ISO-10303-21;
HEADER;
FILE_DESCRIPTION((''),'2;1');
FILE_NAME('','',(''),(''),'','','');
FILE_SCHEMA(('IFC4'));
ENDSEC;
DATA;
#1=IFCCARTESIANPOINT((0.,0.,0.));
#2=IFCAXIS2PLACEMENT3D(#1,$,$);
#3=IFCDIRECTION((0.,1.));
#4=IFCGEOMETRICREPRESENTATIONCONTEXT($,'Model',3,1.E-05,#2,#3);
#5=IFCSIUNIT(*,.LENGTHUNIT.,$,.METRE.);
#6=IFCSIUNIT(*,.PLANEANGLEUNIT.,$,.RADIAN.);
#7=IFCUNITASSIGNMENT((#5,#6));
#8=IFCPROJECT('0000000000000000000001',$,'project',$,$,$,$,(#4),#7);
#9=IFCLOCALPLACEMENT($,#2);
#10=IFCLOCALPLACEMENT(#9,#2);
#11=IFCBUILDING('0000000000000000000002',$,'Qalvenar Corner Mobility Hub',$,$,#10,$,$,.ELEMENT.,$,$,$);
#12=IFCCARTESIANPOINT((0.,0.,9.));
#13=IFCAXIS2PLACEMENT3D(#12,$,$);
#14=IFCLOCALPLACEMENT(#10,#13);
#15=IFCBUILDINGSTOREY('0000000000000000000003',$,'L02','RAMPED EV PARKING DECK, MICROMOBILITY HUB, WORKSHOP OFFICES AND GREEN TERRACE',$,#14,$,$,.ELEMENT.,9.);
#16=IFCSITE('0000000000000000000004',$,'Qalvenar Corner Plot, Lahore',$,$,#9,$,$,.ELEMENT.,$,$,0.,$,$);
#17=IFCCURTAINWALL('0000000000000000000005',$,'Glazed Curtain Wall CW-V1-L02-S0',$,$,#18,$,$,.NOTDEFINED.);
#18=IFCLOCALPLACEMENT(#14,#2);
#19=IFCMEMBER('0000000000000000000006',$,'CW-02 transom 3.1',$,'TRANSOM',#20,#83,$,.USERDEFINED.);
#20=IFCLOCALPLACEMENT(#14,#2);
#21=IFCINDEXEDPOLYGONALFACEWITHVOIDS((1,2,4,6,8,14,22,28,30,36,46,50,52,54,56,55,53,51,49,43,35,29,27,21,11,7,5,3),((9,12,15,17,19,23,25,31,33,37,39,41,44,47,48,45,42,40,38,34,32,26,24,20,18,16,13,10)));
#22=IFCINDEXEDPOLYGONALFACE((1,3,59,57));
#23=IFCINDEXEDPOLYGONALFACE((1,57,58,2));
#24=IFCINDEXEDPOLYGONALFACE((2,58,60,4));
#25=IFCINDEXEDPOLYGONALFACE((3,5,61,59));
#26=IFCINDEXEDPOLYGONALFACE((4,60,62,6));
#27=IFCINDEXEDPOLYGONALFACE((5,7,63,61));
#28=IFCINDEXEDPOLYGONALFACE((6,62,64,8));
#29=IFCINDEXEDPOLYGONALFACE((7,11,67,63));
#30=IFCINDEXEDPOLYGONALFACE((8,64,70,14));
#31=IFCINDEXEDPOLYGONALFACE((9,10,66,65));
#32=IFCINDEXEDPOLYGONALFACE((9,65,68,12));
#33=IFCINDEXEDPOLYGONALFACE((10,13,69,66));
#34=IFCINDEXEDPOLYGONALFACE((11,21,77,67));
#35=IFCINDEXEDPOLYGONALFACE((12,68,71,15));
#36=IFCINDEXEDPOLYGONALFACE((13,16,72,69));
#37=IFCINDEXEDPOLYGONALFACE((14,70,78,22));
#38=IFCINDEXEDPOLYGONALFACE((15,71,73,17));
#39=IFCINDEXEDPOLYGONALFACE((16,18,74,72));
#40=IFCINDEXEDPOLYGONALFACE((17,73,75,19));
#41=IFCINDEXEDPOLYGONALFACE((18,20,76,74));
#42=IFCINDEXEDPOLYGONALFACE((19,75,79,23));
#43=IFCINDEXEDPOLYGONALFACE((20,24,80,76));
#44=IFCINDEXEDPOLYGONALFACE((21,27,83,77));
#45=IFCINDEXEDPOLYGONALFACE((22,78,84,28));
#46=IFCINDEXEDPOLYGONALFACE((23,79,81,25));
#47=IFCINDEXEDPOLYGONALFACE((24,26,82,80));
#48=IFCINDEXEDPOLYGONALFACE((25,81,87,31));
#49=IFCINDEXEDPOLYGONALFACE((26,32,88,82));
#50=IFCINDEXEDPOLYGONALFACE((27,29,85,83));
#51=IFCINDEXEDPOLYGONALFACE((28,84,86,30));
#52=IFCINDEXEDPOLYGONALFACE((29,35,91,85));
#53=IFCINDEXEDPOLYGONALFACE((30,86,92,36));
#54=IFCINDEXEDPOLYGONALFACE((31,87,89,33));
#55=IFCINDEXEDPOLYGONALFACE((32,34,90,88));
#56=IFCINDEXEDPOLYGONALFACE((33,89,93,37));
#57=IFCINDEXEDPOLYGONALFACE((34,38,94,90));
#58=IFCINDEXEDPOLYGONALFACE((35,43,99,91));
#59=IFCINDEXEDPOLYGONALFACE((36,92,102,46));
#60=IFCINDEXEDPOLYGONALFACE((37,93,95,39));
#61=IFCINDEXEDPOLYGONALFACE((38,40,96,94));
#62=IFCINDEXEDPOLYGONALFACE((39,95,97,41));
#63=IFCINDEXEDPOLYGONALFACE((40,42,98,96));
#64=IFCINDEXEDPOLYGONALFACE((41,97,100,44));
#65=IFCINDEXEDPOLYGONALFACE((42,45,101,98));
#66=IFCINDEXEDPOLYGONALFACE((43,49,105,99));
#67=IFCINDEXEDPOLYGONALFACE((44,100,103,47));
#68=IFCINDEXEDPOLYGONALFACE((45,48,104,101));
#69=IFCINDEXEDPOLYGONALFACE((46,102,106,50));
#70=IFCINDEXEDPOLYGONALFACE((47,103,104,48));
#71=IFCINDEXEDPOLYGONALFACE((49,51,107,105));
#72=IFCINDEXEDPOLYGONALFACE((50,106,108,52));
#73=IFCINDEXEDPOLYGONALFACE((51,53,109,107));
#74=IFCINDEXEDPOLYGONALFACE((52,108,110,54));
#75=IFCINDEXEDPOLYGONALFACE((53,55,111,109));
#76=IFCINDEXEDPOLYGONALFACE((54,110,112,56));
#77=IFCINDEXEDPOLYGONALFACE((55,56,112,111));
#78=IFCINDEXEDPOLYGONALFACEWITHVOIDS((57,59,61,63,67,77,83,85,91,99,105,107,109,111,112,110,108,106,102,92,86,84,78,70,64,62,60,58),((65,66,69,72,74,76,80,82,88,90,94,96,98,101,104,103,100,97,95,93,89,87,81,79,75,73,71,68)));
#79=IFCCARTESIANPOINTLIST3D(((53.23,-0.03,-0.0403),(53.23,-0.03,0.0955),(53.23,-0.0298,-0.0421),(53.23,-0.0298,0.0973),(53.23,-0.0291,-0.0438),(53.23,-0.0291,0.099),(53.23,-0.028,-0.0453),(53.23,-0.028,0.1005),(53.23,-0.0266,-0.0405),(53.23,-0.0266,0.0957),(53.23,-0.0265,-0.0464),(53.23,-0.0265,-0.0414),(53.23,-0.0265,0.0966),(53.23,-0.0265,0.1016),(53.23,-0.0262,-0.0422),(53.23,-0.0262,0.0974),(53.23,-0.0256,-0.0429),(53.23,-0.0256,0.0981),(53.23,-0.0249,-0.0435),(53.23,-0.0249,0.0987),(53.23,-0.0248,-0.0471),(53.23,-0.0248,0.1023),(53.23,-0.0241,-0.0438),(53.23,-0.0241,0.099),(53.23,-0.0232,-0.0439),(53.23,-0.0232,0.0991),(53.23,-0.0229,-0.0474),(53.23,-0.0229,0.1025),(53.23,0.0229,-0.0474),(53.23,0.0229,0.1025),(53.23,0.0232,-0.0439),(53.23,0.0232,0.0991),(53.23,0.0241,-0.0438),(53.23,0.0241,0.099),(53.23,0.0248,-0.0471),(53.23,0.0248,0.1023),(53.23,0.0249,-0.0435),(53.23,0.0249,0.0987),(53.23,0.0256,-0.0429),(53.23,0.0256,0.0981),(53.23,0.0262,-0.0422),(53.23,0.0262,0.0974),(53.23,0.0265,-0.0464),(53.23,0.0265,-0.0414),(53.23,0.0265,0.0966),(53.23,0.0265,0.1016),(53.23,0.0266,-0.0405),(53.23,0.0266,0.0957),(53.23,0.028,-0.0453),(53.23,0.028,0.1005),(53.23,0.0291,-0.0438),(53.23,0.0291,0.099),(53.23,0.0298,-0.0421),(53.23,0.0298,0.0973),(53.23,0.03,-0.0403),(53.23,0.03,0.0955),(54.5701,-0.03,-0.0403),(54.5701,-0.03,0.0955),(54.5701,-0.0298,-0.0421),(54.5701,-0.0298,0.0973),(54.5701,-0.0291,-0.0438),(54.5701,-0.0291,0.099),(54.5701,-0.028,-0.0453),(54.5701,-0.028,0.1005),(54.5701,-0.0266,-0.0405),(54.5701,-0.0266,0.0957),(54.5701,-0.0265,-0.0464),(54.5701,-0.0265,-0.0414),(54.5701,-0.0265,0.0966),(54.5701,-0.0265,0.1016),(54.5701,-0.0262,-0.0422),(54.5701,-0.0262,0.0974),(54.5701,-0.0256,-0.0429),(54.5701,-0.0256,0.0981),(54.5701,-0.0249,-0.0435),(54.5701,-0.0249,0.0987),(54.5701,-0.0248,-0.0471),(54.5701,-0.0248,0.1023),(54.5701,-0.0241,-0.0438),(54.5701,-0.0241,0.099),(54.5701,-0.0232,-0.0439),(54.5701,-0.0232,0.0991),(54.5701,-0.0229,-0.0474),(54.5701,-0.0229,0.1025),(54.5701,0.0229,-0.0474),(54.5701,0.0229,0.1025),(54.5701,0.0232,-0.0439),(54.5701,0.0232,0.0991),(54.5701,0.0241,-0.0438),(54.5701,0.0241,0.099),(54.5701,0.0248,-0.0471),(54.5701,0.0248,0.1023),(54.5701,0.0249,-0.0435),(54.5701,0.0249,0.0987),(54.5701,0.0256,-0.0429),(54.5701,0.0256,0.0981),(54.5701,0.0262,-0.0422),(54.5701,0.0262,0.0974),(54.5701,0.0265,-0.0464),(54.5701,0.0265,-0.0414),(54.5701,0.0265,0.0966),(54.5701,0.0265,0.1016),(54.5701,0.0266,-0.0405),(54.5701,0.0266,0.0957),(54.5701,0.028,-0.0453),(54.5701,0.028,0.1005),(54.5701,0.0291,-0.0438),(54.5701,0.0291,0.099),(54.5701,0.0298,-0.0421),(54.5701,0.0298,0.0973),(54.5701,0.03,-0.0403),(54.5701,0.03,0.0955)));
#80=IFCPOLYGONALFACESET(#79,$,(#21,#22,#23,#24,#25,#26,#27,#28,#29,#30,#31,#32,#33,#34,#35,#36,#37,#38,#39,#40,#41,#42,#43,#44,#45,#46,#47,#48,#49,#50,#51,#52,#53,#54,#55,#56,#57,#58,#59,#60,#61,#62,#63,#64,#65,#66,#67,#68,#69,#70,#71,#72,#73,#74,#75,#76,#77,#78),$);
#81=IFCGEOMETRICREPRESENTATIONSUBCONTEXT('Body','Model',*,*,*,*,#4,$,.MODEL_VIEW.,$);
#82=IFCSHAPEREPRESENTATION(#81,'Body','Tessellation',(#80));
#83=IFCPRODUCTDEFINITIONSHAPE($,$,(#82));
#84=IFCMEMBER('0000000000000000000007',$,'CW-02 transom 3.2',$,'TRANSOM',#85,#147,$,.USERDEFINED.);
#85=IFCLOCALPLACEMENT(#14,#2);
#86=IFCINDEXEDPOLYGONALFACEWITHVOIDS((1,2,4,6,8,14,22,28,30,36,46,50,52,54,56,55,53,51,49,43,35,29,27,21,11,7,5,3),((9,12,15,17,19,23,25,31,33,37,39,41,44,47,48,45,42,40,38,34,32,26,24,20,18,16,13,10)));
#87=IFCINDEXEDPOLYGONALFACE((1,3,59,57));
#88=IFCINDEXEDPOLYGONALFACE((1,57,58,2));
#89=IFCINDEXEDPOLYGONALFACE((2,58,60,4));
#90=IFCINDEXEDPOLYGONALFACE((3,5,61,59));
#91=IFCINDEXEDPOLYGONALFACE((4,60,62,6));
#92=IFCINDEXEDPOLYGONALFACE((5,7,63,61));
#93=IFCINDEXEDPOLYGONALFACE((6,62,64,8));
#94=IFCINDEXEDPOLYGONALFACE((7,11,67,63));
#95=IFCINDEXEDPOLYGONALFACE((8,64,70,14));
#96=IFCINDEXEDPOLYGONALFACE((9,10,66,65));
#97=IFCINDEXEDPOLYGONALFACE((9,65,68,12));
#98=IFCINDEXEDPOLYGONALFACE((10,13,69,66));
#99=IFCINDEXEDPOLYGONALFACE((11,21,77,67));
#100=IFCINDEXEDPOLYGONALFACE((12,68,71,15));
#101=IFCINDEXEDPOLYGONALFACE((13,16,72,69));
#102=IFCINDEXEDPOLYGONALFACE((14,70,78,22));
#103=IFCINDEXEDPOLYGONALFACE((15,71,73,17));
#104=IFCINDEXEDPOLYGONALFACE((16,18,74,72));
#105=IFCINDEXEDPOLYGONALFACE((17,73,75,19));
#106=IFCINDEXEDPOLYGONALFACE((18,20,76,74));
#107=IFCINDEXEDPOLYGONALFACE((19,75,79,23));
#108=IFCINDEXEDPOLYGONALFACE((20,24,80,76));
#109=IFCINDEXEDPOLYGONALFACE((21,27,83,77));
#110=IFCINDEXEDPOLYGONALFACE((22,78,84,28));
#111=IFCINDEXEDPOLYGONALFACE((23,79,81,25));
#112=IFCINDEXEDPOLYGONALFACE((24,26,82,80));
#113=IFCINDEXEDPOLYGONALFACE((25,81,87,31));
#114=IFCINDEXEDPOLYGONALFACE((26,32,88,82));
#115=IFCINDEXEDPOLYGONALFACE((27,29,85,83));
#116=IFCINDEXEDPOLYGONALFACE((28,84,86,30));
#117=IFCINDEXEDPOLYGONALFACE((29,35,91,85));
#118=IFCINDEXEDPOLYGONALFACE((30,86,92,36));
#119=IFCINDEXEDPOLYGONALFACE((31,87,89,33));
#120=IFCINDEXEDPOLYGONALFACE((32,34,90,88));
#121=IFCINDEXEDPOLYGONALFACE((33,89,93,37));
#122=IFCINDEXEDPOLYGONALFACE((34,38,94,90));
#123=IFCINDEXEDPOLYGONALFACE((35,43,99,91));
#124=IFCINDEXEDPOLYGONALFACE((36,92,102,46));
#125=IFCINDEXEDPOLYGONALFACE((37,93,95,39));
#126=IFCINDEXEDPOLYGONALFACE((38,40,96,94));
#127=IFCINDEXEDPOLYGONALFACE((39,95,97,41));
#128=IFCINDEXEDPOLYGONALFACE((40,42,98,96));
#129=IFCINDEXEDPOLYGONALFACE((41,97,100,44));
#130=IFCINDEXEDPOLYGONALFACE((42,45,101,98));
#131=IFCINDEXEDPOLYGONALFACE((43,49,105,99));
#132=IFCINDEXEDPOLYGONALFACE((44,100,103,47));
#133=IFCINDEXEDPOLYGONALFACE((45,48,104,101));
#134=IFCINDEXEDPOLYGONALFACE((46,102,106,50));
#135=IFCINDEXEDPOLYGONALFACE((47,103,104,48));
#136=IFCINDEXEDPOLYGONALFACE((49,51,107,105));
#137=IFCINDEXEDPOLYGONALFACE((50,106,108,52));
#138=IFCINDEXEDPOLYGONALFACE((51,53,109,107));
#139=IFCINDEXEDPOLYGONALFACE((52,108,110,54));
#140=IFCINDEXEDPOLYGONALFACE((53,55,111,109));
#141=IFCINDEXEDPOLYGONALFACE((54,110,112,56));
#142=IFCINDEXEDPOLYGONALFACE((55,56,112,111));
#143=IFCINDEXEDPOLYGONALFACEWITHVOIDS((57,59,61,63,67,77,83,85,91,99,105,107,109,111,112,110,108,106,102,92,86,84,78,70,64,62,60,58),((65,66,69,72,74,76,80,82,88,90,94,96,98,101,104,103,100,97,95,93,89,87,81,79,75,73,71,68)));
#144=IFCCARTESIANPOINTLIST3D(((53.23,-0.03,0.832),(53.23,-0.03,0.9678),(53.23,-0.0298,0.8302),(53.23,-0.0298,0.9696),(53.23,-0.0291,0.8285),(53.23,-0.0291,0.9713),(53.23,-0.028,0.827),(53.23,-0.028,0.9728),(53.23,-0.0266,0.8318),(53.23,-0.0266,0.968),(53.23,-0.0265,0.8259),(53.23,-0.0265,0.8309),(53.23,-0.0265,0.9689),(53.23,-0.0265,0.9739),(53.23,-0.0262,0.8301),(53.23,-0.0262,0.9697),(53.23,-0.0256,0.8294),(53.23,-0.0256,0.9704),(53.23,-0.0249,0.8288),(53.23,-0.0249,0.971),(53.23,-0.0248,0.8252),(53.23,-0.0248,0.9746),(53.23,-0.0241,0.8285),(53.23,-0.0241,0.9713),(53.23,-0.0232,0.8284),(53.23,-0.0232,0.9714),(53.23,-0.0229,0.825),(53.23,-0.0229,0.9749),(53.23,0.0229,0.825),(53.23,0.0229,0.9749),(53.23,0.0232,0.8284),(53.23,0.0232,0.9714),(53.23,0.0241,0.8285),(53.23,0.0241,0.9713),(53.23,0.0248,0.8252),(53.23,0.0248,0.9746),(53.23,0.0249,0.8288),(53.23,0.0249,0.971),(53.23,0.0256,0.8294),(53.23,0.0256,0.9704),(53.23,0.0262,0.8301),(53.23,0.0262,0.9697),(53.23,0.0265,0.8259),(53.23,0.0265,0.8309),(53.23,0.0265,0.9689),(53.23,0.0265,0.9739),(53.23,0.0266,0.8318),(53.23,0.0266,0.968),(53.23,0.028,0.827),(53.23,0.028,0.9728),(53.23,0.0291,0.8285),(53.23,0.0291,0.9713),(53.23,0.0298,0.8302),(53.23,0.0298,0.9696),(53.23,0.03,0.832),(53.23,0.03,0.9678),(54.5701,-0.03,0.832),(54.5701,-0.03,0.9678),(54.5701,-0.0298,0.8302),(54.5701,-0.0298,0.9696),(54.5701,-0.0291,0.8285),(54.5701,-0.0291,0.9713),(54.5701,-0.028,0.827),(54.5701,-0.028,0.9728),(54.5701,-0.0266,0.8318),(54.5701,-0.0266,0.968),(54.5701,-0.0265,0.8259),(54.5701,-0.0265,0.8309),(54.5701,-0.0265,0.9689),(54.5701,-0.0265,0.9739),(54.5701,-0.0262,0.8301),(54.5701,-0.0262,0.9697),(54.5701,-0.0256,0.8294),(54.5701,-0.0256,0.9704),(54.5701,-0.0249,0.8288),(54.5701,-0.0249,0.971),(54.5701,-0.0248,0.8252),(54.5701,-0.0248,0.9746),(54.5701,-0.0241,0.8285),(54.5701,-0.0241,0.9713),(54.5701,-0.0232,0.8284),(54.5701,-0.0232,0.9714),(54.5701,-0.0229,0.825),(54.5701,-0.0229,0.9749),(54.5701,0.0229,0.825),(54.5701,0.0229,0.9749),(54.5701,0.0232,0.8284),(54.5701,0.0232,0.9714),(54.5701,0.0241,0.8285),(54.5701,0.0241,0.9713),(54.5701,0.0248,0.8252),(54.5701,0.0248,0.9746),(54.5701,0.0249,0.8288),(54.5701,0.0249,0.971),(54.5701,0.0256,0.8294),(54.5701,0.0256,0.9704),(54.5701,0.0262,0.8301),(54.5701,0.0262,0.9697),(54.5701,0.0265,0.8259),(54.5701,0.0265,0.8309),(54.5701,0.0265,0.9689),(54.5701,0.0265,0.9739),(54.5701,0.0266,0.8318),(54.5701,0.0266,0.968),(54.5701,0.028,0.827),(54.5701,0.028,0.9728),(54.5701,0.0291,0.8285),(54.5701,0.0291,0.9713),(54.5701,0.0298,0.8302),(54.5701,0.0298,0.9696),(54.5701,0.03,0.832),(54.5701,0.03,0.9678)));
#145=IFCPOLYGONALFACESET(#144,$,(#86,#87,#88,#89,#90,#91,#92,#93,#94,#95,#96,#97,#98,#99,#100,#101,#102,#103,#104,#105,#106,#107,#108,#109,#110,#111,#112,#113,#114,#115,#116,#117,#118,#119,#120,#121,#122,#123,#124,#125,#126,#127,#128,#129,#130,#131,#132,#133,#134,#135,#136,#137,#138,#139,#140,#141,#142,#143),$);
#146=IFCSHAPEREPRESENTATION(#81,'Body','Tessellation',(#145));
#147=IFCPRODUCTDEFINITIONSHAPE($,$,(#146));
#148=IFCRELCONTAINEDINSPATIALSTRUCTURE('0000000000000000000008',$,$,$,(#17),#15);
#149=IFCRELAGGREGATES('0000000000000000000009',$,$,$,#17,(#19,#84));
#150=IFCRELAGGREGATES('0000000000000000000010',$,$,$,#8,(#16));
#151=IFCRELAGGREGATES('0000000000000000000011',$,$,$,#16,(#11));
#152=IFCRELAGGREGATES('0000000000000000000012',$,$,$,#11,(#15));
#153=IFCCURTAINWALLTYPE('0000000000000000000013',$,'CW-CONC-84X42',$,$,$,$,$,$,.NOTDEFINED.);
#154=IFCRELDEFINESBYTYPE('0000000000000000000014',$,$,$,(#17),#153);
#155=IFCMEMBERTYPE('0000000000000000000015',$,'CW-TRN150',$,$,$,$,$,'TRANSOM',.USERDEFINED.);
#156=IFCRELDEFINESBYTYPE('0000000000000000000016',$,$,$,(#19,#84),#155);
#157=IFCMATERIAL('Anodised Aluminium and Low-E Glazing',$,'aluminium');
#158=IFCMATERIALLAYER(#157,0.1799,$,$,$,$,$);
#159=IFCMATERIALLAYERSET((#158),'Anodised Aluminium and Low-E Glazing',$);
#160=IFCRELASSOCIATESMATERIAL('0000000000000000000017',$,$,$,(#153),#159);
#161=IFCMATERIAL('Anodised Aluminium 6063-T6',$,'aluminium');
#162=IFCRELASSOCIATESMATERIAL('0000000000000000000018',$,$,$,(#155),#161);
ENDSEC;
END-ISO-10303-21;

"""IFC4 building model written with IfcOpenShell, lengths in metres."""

from ifc_helpers import new_model, si_unit, direction, frame, origin, origin_2d, place, context, subcontext, project, spatial, hollow_rectangle, extrude, material, layer, layer_set, material_profile, profile_set, type_object, element, aggregate, save


model = new_model("IFC4")

# Units and contexts
model_context = context("Model", 3, precision=1e-05, world=origin(), true_north=direction((0.0, 1.0)))
body_context = subcontext(model_context, "Body", "Model", "MODEL_VIEW")
ifc_project = project(units=[si_unit("LENGTHUNIT", "METRE"), si_unit("PLANEANGLEUNIT", "RADIAN")], contexts=[model_context])

# Site, building, storey
site_placement = place(None, origin())
site = spatial("IfcSite", under=ifc_project, at=site_placement, Name="Qalvenar Corner Plot, Lahore", CompositionType="ELEMENT", RefElevation=0.0)
building_placement = place(site_placement, origin())
building = spatial("IfcBuilding", under=site, at=building_placement, Name="Qalvenar Corner Mobility Hub", CompositionType="ELEMENT")
storey_placement = place(building_placement, frame((0.0, 0.0, 9.0)))
storey = spatial("IfcBuildingStorey", under=building, at=storey_placement, Name="L02", Description="RAMPED EV PARKING DECK, MICROMOBILITY HUB, WORKSHOP OFFICES AND GREEN TERRACE", CompositionType="ELEMENT", Elevation=9.0)

# Curtain wall, members
ifc_material_1 = material(Name="Anodised Aluminium and Low-E Glazing", Category="aluminium")
ifc_layer_1 = layer(ifc_material_1, 0.1799)
ifc_layer_set_1 = layer_set([ifc_layer_1], Name="Anodised Aluminium and Low-E Glazing")
curtain_wall_type = type_object("IfcCurtainWallType", Name="CW-CONC-84X42", PredefinedType="NOTDEFINED", material=ifc_layer_set_1)
curtain_wall_placement = place(storey_placement, origin())
curtain_wall = element("IfcCurtainWall", 1, at=curtain_wall_placement, inside=storey, type_object=curtain_wall_type, Name="Glazed Curtain Wall CW-V1-L02-S0", PredefinedType="NOTDEFINED")
ifc_material_2 = material(Name="Anodised Aluminium 6063-T6", Category="aluminium")
ifc_material_profile_1 = material_profile(ifc_material_2, hollow_rectangle(XDim=0.0601, YDim=0.1499, WallThickness=0.0034, InnerFilletRadius=0.0034, OuterFilletRadius=0.0071, at=origin_2d()), Name="RHS150x60x3.5")
ifc_profile_set_1 = profile_set([ifc_material_profile_1], Name="Anodised Aluminium 6063-T6")
member_type_1 = type_object("IfcMemberType", Name="CW-TRN150", ElementType="TRANSOM", PredefinedType="USERDEFINED", material=ifc_profile_set_1)
member_1_placement = place(storey_placement, frame((53.23, 0.0, 0.0276), z_axis=(1.0, 0.0, 0.0), x_axis=(0.0, 1.0, 0.0)))
member_1 = element("IfcMember", 2, at=member_1_placement, type_object=member_type_1, Name="CW-02 transom 3.1", ObjectType="TRANSOM", PredefinedType="USERDEFINED", context=body_context, shape_type="SweptSolid", body=[
    extrude(hollow_rectangle(XDim=0.0601, YDim=0.1499, WallThickness=0.0034, InnerFilletRadius=0.0034, OuterFilletRadius=0.0071, at=origin_2d()), origin(), (0.0, 0.0, 1.0), 1.3401),
])
member_2_placement = place(storey_placement, frame((53.23, 0.0, 0.8999), z_axis=(1.0, 0.0, 0.0), x_axis=(0.0, 1.0, 0.0)))
member_2 = element("IfcMember", 3, at=member_2_placement, type_object=member_type_1, Name="CW-02 transom 3.2", ObjectType="TRANSOM", PredefinedType="USERDEFINED", context=body_context, shape_type="SweptSolid", body=[
    extrude(hollow_rectangle(XDim=0.0601, YDim=0.1499, WallThickness=0.0034, InnerFilletRadius=0.0034, OuterFilletRadius=0.0071, at=origin_2d()), origin(), (0.0, 0.0, 1.0), 1.3401),
])
aggregate(curtain_wall, [member_1, member_2])

save(model, "model.ifc")
